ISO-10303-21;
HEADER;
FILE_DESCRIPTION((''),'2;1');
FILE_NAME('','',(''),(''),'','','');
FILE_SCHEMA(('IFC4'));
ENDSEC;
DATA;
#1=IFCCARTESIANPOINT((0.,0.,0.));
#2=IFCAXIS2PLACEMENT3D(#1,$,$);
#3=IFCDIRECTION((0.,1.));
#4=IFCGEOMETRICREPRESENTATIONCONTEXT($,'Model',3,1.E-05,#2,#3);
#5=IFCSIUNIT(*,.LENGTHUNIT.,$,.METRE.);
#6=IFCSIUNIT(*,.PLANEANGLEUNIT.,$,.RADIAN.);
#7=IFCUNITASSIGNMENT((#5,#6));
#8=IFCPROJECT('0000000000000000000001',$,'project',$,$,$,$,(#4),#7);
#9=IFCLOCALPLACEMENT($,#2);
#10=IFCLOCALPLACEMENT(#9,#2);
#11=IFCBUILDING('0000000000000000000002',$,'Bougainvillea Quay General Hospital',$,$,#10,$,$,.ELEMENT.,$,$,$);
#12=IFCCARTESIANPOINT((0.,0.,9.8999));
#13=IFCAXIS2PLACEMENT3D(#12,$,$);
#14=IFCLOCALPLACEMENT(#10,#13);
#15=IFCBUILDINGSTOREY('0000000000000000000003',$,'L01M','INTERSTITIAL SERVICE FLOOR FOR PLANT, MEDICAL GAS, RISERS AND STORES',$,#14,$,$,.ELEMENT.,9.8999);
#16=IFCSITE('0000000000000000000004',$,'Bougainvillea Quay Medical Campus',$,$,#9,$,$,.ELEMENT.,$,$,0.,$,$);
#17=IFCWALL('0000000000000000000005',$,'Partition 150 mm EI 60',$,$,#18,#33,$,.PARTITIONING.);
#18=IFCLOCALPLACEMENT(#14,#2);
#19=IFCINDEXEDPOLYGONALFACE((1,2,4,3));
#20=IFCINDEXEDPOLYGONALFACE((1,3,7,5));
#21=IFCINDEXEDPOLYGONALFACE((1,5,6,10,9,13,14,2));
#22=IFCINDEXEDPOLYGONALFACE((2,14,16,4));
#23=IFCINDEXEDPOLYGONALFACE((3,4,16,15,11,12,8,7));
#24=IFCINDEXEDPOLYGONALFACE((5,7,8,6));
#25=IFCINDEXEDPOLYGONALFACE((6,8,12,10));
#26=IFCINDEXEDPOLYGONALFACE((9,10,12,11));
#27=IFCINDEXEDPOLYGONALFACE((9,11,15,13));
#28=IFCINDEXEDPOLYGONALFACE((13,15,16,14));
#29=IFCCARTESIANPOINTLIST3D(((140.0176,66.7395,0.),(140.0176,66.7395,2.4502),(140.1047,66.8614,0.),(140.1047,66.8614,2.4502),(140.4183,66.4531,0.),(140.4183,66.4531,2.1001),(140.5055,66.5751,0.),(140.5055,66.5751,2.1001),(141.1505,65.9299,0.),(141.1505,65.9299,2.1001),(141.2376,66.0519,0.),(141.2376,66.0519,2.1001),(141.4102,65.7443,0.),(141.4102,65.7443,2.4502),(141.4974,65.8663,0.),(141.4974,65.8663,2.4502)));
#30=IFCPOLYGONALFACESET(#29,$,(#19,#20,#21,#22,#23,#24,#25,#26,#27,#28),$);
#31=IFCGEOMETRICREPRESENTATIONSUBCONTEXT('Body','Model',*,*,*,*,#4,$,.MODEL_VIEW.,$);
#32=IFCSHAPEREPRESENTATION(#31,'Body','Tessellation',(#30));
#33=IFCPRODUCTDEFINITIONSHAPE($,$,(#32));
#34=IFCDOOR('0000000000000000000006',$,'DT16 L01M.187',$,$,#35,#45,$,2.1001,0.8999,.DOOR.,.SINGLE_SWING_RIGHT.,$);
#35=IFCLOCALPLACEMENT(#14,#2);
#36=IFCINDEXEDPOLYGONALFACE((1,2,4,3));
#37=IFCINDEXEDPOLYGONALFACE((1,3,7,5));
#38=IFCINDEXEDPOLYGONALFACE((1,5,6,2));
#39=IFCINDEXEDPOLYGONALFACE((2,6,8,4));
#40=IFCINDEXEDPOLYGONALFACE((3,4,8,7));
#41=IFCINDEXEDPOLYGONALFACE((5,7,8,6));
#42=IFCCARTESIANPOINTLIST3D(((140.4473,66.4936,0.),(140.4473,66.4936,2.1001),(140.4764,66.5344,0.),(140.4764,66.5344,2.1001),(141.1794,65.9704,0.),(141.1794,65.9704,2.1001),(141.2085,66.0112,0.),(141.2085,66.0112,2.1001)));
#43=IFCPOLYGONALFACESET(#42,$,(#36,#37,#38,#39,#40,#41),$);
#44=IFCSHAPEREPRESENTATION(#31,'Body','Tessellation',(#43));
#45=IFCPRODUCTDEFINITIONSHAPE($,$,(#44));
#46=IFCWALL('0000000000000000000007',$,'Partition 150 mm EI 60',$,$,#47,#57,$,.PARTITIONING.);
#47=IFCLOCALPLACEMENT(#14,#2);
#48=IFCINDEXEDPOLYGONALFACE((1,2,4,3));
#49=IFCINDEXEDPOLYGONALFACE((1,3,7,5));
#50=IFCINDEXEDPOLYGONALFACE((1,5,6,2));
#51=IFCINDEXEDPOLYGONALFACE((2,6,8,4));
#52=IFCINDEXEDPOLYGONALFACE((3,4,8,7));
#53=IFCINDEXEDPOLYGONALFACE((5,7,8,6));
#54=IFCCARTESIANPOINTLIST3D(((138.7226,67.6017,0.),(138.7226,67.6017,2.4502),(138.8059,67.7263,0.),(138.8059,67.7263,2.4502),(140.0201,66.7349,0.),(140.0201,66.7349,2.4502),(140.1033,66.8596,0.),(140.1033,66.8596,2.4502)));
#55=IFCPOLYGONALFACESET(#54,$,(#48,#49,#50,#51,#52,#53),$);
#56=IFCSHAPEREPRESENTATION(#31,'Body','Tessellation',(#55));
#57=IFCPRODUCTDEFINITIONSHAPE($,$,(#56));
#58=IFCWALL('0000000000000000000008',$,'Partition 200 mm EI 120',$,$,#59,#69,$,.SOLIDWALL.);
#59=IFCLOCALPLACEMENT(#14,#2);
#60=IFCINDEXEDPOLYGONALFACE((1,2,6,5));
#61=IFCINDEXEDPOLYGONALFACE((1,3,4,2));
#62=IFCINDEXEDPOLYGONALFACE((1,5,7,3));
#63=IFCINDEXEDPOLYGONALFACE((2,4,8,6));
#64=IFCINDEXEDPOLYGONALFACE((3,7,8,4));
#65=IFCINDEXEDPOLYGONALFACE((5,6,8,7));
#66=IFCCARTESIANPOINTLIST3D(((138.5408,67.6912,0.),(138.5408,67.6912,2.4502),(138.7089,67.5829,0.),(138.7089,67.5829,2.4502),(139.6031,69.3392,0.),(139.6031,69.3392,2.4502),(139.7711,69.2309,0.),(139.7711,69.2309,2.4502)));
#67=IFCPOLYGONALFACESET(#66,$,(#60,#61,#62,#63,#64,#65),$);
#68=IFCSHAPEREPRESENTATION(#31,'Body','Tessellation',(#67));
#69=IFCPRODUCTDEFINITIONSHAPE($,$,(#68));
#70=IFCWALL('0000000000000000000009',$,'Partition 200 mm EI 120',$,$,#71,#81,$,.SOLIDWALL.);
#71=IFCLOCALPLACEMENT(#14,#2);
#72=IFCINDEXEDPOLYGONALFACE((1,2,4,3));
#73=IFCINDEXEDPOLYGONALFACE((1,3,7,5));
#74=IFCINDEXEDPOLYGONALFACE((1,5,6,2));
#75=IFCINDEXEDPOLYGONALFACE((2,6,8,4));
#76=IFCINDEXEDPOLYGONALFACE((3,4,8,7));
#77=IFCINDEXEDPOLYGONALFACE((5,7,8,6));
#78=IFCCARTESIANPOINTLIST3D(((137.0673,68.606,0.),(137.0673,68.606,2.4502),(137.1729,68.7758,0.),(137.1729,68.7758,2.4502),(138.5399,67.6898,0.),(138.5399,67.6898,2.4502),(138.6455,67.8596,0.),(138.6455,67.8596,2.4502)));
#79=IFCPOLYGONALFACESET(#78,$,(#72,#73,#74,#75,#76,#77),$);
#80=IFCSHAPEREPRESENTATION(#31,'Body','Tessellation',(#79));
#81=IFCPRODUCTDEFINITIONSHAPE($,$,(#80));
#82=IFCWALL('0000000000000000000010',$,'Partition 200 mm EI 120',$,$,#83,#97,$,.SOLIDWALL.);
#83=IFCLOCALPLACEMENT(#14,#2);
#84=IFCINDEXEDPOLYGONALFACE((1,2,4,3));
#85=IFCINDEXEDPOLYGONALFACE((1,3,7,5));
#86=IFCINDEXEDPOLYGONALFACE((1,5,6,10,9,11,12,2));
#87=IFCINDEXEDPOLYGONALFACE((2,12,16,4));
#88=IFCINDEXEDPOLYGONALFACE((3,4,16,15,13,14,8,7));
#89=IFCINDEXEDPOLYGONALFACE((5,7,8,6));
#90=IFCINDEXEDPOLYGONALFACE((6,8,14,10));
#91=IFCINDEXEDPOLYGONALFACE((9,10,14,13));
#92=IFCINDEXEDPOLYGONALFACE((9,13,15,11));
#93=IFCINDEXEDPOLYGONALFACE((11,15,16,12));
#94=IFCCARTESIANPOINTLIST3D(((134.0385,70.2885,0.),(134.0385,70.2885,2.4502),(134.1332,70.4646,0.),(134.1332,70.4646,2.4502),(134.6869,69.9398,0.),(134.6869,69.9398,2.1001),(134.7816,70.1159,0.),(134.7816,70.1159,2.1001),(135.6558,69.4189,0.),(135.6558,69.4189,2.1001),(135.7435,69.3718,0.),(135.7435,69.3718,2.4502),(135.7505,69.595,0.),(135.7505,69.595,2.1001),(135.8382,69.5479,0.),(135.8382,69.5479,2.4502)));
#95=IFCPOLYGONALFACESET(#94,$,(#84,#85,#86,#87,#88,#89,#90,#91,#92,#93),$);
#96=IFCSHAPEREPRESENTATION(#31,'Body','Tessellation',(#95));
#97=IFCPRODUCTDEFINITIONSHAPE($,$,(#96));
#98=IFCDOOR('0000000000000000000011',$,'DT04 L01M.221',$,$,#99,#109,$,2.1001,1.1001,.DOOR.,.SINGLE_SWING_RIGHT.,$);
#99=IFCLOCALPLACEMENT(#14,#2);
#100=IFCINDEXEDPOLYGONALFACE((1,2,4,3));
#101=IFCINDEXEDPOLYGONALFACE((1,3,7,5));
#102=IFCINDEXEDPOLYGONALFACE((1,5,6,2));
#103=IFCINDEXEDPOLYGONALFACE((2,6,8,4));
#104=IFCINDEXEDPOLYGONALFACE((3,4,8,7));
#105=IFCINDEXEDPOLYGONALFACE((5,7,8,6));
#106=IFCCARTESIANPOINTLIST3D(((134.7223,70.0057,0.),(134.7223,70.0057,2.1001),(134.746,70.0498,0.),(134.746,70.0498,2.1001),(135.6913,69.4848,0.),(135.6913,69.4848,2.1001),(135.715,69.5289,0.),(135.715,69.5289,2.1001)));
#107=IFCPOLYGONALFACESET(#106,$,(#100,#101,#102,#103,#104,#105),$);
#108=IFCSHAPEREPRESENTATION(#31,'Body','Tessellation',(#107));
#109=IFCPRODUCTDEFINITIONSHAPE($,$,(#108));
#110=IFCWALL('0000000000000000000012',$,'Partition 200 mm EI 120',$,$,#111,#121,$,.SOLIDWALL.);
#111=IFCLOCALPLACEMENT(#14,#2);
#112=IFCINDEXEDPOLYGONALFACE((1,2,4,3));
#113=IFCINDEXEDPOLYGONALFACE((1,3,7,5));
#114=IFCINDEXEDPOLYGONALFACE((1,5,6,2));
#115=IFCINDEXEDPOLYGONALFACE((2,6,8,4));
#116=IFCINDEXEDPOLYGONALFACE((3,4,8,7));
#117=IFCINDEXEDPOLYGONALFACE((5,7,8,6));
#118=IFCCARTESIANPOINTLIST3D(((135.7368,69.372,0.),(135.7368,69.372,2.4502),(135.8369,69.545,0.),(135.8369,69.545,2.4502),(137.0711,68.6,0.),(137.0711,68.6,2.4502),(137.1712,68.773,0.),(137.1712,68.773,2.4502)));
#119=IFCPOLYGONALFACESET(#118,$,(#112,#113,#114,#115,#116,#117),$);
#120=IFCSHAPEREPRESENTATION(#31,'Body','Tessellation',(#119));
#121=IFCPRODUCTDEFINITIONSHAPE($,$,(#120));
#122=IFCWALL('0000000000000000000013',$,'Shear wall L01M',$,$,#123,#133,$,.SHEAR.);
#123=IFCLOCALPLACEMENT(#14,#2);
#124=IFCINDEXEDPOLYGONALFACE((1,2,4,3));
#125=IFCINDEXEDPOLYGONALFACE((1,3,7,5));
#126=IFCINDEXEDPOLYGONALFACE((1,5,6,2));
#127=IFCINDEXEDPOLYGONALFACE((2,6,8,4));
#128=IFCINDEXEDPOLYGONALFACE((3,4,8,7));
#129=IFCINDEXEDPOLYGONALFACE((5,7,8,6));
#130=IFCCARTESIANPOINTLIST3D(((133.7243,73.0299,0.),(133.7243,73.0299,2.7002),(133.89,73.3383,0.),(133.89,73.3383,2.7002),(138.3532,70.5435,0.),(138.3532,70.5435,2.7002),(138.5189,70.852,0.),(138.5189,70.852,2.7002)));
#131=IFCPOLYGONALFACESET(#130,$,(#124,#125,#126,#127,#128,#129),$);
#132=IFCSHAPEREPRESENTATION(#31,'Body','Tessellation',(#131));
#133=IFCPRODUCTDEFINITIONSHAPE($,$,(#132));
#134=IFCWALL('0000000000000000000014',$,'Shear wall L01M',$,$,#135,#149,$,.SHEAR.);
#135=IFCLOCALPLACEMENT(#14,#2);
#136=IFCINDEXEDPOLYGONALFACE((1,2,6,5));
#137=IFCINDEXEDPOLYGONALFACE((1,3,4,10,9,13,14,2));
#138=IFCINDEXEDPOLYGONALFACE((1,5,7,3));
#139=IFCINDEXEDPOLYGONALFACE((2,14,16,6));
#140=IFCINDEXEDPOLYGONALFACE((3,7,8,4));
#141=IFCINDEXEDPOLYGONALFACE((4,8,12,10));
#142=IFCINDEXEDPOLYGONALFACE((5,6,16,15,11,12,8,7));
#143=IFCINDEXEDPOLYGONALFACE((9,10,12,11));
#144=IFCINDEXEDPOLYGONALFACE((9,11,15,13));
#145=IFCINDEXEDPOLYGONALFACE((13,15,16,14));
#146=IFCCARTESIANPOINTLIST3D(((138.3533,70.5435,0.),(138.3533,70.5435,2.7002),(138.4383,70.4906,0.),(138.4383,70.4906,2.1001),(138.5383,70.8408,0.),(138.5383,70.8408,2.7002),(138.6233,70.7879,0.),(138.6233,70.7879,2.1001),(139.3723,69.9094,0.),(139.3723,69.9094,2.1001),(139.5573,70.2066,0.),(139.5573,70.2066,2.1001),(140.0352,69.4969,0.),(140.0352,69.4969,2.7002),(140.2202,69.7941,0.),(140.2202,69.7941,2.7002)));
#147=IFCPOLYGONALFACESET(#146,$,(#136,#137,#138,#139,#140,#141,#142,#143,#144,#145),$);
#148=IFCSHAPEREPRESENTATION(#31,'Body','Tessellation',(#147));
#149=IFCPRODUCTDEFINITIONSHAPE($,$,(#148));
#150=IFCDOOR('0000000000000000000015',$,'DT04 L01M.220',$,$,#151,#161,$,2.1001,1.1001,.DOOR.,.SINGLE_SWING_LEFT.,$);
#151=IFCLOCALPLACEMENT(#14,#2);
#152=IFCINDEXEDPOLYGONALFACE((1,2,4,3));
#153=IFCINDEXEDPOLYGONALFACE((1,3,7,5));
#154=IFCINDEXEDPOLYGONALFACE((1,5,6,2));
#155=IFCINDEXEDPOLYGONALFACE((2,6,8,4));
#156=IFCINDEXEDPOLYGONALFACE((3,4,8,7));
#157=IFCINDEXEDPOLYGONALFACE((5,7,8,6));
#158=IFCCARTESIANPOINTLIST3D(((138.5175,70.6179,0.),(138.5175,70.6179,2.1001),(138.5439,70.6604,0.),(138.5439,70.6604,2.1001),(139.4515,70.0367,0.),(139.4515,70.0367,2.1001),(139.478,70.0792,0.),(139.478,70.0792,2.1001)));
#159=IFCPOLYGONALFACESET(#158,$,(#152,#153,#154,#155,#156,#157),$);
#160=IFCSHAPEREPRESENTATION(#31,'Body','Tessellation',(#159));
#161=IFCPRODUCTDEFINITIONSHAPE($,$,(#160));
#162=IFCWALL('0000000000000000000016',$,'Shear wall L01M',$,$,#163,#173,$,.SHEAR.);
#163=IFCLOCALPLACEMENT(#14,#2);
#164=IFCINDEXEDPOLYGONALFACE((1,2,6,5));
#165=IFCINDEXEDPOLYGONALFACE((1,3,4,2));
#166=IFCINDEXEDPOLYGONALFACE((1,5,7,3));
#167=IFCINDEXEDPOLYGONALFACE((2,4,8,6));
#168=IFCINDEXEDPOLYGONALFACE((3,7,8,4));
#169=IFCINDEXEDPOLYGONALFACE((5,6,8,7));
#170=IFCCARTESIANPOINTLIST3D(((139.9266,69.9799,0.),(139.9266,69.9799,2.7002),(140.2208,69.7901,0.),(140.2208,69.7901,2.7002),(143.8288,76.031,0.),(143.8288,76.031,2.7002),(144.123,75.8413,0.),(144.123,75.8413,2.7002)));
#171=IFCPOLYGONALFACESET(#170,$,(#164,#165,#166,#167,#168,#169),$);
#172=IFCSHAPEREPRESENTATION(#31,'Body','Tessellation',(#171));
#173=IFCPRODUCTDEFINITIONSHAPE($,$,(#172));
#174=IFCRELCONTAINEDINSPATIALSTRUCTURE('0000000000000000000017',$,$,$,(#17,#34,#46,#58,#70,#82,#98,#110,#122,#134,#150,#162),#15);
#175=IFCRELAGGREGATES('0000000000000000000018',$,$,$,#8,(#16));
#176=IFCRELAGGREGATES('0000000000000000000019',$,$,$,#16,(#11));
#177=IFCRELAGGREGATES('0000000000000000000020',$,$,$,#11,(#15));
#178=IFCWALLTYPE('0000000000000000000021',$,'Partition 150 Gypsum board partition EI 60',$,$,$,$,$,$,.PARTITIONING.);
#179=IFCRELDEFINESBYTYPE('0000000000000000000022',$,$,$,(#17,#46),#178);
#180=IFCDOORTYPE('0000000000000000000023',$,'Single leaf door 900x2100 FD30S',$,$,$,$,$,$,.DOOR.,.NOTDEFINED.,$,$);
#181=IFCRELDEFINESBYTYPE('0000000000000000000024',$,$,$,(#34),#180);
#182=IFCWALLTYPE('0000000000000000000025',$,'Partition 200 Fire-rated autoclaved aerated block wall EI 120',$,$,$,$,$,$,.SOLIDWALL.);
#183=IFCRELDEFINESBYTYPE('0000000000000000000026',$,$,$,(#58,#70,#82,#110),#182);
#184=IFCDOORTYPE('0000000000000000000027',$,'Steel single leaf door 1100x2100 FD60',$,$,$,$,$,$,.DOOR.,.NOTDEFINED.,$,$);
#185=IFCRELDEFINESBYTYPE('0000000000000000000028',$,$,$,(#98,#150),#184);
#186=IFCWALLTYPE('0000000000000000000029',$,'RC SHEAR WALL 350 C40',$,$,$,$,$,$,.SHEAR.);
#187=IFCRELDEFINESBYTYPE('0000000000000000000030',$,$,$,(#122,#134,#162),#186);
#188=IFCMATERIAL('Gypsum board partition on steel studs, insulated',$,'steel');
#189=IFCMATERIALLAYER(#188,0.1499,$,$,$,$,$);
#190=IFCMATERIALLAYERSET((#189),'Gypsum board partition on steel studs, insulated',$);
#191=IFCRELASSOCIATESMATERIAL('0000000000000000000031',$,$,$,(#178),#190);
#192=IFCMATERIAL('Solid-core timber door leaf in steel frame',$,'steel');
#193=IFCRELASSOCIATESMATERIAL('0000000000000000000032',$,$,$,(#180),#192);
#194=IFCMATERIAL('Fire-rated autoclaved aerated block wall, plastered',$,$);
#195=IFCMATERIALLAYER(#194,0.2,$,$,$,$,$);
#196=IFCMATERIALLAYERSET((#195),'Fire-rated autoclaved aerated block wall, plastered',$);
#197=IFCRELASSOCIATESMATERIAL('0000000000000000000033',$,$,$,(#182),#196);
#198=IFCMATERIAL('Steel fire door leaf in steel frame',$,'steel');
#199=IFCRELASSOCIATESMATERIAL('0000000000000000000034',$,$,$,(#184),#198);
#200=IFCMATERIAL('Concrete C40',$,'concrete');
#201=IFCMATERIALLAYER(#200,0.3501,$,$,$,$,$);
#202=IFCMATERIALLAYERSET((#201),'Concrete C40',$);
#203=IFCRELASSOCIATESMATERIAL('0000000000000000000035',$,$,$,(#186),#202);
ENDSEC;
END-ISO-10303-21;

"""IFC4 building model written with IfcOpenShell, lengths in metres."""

from ifc_helpers import new_model, si_unit, direction, frame, frame_2d, origin, place, context, subcontext, project, spatial, rectangle, extrude, material, layer, layer_set, type_object, element, fill, save


model = new_model("IFC4")

# Units and contexts
model_context = context("Model", 3, precision=1e-05, world=origin(), true_north=direction((0.0, 1.0)))
body_context = subcontext(model_context, "Body", "Model", "MODEL_VIEW")
ifc_project = project(units=[si_unit("LENGTHUNIT", "METRE"), si_unit("PLANEANGLEUNIT", "RADIAN")], contexts=[model_context])

# Site, building, storey
site_placement = place(None, origin())
site = spatial("IfcSite", under=ifc_project, at=site_placement, Name="Bougainvillea Quay Medical Campus", CompositionType="ELEMENT", RefElevation=0.0)
building_placement = place(site_placement, origin())
building = spatial("IfcBuilding", under=site, at=building_placement, Name="Bougainvillea Quay General Hospital", CompositionType="ELEMENT")
storey_placement = place(building_placement, frame((0.0, 0.0, 9.8999)))
storey = spatial("IfcBuildingStorey", under=building, at=storey_placement, Name="L01M", Description="INTERSTITIAL SERVICE FLOOR FOR PLANT, MEDICAL GAS, RISERS AND STORES", CompositionType="ELEMENT", Elevation=9.8999)

# Wall, opening, door
ifc_material_1 = material(Name="Gypsum board partition on steel studs, insulated", Category="steel")
ifc_layer_1 = layer(ifc_material_1, 0.1499)
ifc_layer_set_1 = layer_set([ifc_layer_1], Name="Gypsum board partition on steel studs, insulated")
wall_type_1 = type_object("IfcWallType", Name="Partition 150 Gypsum board partition EI 60", PredefinedType="PARTITIONING", material=ifc_layer_set_1)
wall_1_placement = place(storey_placement, frame((140.061, 66.8005, 0.0), z_axis=(0.0, 0.0, 1.0), x_axis=(0.813618, -0.5814, 0.0)))
wall_1 = element("IfcWall", 1, at=wall_1_placement, inside=storey, type_object=wall_type_1, Name="Partition 150 mm EI 60", PredefinedType="PARTITIONING", context=body_context, shape_type="SweptSolid", body=[
    extrude(rectangle(XDim=1.7117, YDim=0.1499, at=frame_2d((0.856, 0.0))), origin(), (0.0, 0.0, 1.0), 2.4502),
])
opening_1_placement = place(wall_1_placement, frame((0.4927, 0.0, 0.0)))
opening_1 = element("IfcOpeningElement", 2, at=opening_1_placement, cuts=wall_1, PredefinedType="OPENING", context=body_context, shape_type="SweptSolid", body=[
    extrude(rectangle(XDim=0.8999, YDim=2.1001, at=frame_2d((0.45, 1.05))), frame((0.0, 0.085, 0.0), z_axis=(0.0, -1.0, 0.0), x_axis=(1.0, 0.0, 0.0)), (0.0, 0.0, 1.0), 0.1699),
])
ifc_material_2 = material(Name="Solid-core timber door leaf in steel frame", Category="steel")
door_type_1 = type_object("IfcDoorType", Name="Single leaf door 900x2100 FD30S", OperationType="NOTDEFINED", PredefinedType="DOOR", material=ifc_material_2)
door_1_placement = place(opening_1_placement, origin())
door_1 = element("IfcDoor", 3, at=door_1_placement, inside=storey, type_object=door_type_1, Name="DT16 L01M.187", OperationType="SINGLE_SWING_RIGHT", OverallHeight=2.1001, OverallWidth=0.8999, PredefinedType="DOOR", context=body_context, shape_type="SweptSolid", body=[
    extrude(rectangle(XDim=0.8999, YDim=2.1001, at=frame_2d((0.45, 1.05))), frame((0.0, 0.0249, 0.0), z_axis=(0.0, -1.0, 0.0), x_axis=(1.0, 0.0, 0.0)), (0.0, 0.0, 1.0), 0.05),
])
fill(opening_1, door_1)

# Walls
wall_2_placement = place(storey_placement, frame((138.7642, 67.6641, 0.0), z_axis=(0.0, 0.0, 1.0), x_axis=(0.83152, -0.555494, 0.0)))
element("IfcWall", 4, at=wall_2_placement, inside=storey, type_object=wall_type_1, Name="Partition 150 mm EI 60", PredefinedType="PARTITIONING", context=body_context, shape_type="SweptSolid", body=[
    extrude(rectangle(XDim=1.5603, YDim=0.1499, at=frame_2d((0.7803, 0.0))), origin(), (0.0, 0.0, 1.0), 2.4502),
])
ifc_material_3 = material(Name="Fire-rated autoclaved aerated block wall, plastered")
ifc_layer_2 = layer(ifc_material_3, 0.2)
ifc_layer_set_2 = layer_set([ifc_layer_2], Name="Fire-rated autoclaved aerated block wall, plastered")
wall_type_2 = type_object("IfcWallType", Name="Partition 200 Fire-rated autoclaved aerated block wall EI 120", PredefinedType="SOLIDWALL", material=ifc_layer_set_2)
wall_3_placement = place(storey_placement, frame((138.6248, 67.637, 0.0), z_axis=(0.0, 0.0, 1.0), x_axis=(0.541789, 0.840514, 0.0)))
element("IfcWall", 5, at=wall_3_placement, inside=storey, type_object=wall_type_2, Name="Partition 200 mm EI 120", PredefinedType="SOLIDWALL", context=body_context, shape_type="SweptSolid", body=[
    extrude(rectangle(XDim=1.9607, YDim=0.2, at=frame_2d((0.9805, 0.0))), origin(), (0.0, 0.0, 1.0), 2.4502),
])
wall_4_placement = place(storey_placement, frame((137.1201, 68.6909, 0.0), z_axis=(0.0, 0.0, 1.0), x_axis=(0.849072, -0.528277, 0.0)))
element("IfcWall", 6, at=wall_4_placement, inside=storey, type_object=wall_type_2, Name="Partition 200 mm EI 120", PredefinedType="SOLIDWALL", context=body_context, shape_type="SweptSolid", body=[
    extrude(rectangle(XDim=1.7344, YDim=0.2, at=frame_2d((0.8672, 0.0))), origin(), (0.0, 0.0, 1.0), 2.4502),
])

# Wall, opening, door
wall_5_placement = place(storey_placement, frame((134.0859, 70.3765, 0.0), z_axis=(0.0, 0.0, 1.0), x_axis=(0.880767, -0.473551, 0.0)))
wall_5 = element("IfcWall", 7, at=wall_5_placement, inside=storey, type_object=wall_type_2, Name="Partition 200 mm EI 120", PredefinedType="SOLIDWALL", context=body_context, shape_type="SweptSolid", body=[
    extrude(rectangle(XDim=1.9358, YDim=0.2, at=frame_2d((0.9678, 0.0))), origin(), (0.0, 0.0, 1.0), 2.4502),
])
opening_2_placement = place(wall_5_placement, frame((0.7361, 0.0, 0.0)))
opening_2 = element("IfcOpeningElement", 8, at=opening_2_placement, cuts=wall_5, PredefinedType="OPENING", context=body_context, shape_type="SweptSolid", body=[
    extrude(rectangle(XDim=1.1001, YDim=2.1001, at=frame_2d((0.55, 1.05))), frame((0.0, 0.1099, 0.0), z_axis=(0.0, -1.0, 0.0), x_axis=(1.0, 0.0, 0.0)), (0.0, 0.0, 1.0), 0.22),
])
ifc_material_4 = material(Name="Steel fire door leaf in steel frame", Category="steel")
door_type_2 = type_object("IfcDoorType", Name="Steel single leaf door 1100x2100 FD60", OperationType="NOTDEFINED", PredefinedType="DOOR", material=ifc_material_4)
door_2_placement = place(opening_2_placement, origin())
door_2 = element("IfcDoor", 9, at=door_2_placement, inside=storey, type_object=door_type_2, Name="DT04 L01M.221", OperationType="SINGLE_SWING_RIGHT", OverallHeight=2.1001, OverallWidth=1.1001, PredefinedType="DOOR", context=body_context, shape_type="SweptSolid", body=[
    extrude(rectangle(XDim=1.1001, YDim=2.1001, at=frame_2d((0.55, 1.05))), frame((0.0, 0.0249, 0.0), z_axis=(0.0, -1.0, 0.0), x_axis=(1.0, 0.0, 0.0)), (0.0, 0.0, 1.0), 0.05),
])
fill(opening_2, door_2)

# Walls
wall_6_placement = place(storey_placement, frame((135.7869, 69.4585, 0.0), z_axis=(0.0, 0.0, 1.0), x_axis=(0.86556, -0.500805, 0.0)))
element("IfcWall", 10, at=wall_6_placement, inside=storey, type_object=wall_type_2, Name="Partition 200 mm EI 120", PredefinedType="SOLIDWALL", context=body_context, shape_type="SweptSolid", body=[
    extrude(rectangle(XDim=1.5415, YDim=0.2, at=frame_2d((0.7708, 0.0))), origin(), (0.0, 0.0, 1.0), 2.4502),
])
ifc_material_5 = material(Name="Concrete C40", Category="concrete")
ifc_layer_3 = layer(ifc_material_5, 0.3501)
ifc_layer_set_3 = layer_set([ifc_layer_3], Name="Concrete C40")
wall_type_3 = type_object("IfcWallType", Name="RC SHEAR WALL 350 C40", PredefinedType="SHEAR", material=ifc_layer_set_3)
wall_7_placement = place(storey_placement, frame((138.436, 70.6978, 0.0), z_axis=(0.0, 0.0, 1.0), x_axis=(-0.88096, 0.473191, 0.0)))
element("IfcWall", 11, at=wall_7_placement, inside=storey, type_object=wall_type_3, Name="Shear wall L01M", PredefinedType="SHEAR", context=body_context, shape_type="SweptSolid", body=[
    extrude(rectangle(XDim=5.2544, YDim=0.3501, at=frame_2d((2.6272, 0.0))), origin(), (0.0, 0.0, 1.0), 2.7002),
])

# Wall, opening, door
wall_8_placement = place(storey_placement, frame((138.4458, 70.6921, 0.0), z_axis=(0.0, 0.0, 1.0), x_axis=(0.849028, -0.528347, 0.0)))
wall_8 = element("IfcWall", 12, at=wall_8_placement, inside=storey, type_object=wall_type_3, Name="Shear wall L01M", PredefinedType="SHEAR", context=body_context, shape_type="SweptSolid", body=[
    extrude(rectangle(XDim=1.981, YDim=0.3501, at=frame_2d((0.9905, 0.0))), origin(), (0.0, 0.0, 1.0), 2.7002),
])
opening_3_placement = place(wall_8_placement, frame((0.1001, 0.0, 0.0)))
opening_3 = element("IfcOpeningElement", 13, at=opening_3_placement, cuts=wall_8, PredefinedType="OPENING", context=body_context, shape_type="SweptSolid", body=[
    extrude(rectangle(XDim=1.1001, YDim=2.1001, at=frame_2d((0.55, 1.05))), frame((0.0, 0.1851, 0.0), z_axis=(0.0, -1.0, 0.0), x_axis=(1.0, 0.0, 0.0)), (0.0, 0.0, 1.0), 0.3701),
])
door_3_placement = place(opening_3_placement, origin())
door_3 = element("IfcDoor", 14, at=door_3_placement, inside=storey, type_object=door_type_2, Name="DT04 L01M.220", OperationType="SINGLE_SWING_LEFT", OverallHeight=2.1001, OverallWidth=1.1001, PredefinedType="DOOR", context=body_context, shape_type="SweptSolid", body=[
    extrude(rectangle(XDim=1.1001, YDim=2.1001, at=frame_2d((0.55, 1.05))), frame((0.0, 0.0249, 0.0), z_axis=(0.0, -1.0, 0.0), x_axis=(1.0, 0.0, 0.0)), (0.0, 0.0, 1.0), 0.05),
])
fill(opening_3, door_3)

# Wall
wall_9_placement = place(storey_placement, frame((140.0737, 69.885, 0.0), z_axis=(0.0, 0.0, 1.0), x_axis=(0.541952, 0.84041, 0.0)))
element("IfcWall", 15, at=wall_9_placement, inside=storey, type_object=wall_type_3, Name="Shear wall L01M", PredefinedType="SHEAR", context=body_context, shape_type="SweptSolid", body=[
    extrude(rectangle(XDim=7.2002, YDim=0.3501, at=frame_2d((3.6001, 0.0))), origin(), (0.0, 0.0, 1.0), 2.7002),
])

save(model, "model.ifc")
